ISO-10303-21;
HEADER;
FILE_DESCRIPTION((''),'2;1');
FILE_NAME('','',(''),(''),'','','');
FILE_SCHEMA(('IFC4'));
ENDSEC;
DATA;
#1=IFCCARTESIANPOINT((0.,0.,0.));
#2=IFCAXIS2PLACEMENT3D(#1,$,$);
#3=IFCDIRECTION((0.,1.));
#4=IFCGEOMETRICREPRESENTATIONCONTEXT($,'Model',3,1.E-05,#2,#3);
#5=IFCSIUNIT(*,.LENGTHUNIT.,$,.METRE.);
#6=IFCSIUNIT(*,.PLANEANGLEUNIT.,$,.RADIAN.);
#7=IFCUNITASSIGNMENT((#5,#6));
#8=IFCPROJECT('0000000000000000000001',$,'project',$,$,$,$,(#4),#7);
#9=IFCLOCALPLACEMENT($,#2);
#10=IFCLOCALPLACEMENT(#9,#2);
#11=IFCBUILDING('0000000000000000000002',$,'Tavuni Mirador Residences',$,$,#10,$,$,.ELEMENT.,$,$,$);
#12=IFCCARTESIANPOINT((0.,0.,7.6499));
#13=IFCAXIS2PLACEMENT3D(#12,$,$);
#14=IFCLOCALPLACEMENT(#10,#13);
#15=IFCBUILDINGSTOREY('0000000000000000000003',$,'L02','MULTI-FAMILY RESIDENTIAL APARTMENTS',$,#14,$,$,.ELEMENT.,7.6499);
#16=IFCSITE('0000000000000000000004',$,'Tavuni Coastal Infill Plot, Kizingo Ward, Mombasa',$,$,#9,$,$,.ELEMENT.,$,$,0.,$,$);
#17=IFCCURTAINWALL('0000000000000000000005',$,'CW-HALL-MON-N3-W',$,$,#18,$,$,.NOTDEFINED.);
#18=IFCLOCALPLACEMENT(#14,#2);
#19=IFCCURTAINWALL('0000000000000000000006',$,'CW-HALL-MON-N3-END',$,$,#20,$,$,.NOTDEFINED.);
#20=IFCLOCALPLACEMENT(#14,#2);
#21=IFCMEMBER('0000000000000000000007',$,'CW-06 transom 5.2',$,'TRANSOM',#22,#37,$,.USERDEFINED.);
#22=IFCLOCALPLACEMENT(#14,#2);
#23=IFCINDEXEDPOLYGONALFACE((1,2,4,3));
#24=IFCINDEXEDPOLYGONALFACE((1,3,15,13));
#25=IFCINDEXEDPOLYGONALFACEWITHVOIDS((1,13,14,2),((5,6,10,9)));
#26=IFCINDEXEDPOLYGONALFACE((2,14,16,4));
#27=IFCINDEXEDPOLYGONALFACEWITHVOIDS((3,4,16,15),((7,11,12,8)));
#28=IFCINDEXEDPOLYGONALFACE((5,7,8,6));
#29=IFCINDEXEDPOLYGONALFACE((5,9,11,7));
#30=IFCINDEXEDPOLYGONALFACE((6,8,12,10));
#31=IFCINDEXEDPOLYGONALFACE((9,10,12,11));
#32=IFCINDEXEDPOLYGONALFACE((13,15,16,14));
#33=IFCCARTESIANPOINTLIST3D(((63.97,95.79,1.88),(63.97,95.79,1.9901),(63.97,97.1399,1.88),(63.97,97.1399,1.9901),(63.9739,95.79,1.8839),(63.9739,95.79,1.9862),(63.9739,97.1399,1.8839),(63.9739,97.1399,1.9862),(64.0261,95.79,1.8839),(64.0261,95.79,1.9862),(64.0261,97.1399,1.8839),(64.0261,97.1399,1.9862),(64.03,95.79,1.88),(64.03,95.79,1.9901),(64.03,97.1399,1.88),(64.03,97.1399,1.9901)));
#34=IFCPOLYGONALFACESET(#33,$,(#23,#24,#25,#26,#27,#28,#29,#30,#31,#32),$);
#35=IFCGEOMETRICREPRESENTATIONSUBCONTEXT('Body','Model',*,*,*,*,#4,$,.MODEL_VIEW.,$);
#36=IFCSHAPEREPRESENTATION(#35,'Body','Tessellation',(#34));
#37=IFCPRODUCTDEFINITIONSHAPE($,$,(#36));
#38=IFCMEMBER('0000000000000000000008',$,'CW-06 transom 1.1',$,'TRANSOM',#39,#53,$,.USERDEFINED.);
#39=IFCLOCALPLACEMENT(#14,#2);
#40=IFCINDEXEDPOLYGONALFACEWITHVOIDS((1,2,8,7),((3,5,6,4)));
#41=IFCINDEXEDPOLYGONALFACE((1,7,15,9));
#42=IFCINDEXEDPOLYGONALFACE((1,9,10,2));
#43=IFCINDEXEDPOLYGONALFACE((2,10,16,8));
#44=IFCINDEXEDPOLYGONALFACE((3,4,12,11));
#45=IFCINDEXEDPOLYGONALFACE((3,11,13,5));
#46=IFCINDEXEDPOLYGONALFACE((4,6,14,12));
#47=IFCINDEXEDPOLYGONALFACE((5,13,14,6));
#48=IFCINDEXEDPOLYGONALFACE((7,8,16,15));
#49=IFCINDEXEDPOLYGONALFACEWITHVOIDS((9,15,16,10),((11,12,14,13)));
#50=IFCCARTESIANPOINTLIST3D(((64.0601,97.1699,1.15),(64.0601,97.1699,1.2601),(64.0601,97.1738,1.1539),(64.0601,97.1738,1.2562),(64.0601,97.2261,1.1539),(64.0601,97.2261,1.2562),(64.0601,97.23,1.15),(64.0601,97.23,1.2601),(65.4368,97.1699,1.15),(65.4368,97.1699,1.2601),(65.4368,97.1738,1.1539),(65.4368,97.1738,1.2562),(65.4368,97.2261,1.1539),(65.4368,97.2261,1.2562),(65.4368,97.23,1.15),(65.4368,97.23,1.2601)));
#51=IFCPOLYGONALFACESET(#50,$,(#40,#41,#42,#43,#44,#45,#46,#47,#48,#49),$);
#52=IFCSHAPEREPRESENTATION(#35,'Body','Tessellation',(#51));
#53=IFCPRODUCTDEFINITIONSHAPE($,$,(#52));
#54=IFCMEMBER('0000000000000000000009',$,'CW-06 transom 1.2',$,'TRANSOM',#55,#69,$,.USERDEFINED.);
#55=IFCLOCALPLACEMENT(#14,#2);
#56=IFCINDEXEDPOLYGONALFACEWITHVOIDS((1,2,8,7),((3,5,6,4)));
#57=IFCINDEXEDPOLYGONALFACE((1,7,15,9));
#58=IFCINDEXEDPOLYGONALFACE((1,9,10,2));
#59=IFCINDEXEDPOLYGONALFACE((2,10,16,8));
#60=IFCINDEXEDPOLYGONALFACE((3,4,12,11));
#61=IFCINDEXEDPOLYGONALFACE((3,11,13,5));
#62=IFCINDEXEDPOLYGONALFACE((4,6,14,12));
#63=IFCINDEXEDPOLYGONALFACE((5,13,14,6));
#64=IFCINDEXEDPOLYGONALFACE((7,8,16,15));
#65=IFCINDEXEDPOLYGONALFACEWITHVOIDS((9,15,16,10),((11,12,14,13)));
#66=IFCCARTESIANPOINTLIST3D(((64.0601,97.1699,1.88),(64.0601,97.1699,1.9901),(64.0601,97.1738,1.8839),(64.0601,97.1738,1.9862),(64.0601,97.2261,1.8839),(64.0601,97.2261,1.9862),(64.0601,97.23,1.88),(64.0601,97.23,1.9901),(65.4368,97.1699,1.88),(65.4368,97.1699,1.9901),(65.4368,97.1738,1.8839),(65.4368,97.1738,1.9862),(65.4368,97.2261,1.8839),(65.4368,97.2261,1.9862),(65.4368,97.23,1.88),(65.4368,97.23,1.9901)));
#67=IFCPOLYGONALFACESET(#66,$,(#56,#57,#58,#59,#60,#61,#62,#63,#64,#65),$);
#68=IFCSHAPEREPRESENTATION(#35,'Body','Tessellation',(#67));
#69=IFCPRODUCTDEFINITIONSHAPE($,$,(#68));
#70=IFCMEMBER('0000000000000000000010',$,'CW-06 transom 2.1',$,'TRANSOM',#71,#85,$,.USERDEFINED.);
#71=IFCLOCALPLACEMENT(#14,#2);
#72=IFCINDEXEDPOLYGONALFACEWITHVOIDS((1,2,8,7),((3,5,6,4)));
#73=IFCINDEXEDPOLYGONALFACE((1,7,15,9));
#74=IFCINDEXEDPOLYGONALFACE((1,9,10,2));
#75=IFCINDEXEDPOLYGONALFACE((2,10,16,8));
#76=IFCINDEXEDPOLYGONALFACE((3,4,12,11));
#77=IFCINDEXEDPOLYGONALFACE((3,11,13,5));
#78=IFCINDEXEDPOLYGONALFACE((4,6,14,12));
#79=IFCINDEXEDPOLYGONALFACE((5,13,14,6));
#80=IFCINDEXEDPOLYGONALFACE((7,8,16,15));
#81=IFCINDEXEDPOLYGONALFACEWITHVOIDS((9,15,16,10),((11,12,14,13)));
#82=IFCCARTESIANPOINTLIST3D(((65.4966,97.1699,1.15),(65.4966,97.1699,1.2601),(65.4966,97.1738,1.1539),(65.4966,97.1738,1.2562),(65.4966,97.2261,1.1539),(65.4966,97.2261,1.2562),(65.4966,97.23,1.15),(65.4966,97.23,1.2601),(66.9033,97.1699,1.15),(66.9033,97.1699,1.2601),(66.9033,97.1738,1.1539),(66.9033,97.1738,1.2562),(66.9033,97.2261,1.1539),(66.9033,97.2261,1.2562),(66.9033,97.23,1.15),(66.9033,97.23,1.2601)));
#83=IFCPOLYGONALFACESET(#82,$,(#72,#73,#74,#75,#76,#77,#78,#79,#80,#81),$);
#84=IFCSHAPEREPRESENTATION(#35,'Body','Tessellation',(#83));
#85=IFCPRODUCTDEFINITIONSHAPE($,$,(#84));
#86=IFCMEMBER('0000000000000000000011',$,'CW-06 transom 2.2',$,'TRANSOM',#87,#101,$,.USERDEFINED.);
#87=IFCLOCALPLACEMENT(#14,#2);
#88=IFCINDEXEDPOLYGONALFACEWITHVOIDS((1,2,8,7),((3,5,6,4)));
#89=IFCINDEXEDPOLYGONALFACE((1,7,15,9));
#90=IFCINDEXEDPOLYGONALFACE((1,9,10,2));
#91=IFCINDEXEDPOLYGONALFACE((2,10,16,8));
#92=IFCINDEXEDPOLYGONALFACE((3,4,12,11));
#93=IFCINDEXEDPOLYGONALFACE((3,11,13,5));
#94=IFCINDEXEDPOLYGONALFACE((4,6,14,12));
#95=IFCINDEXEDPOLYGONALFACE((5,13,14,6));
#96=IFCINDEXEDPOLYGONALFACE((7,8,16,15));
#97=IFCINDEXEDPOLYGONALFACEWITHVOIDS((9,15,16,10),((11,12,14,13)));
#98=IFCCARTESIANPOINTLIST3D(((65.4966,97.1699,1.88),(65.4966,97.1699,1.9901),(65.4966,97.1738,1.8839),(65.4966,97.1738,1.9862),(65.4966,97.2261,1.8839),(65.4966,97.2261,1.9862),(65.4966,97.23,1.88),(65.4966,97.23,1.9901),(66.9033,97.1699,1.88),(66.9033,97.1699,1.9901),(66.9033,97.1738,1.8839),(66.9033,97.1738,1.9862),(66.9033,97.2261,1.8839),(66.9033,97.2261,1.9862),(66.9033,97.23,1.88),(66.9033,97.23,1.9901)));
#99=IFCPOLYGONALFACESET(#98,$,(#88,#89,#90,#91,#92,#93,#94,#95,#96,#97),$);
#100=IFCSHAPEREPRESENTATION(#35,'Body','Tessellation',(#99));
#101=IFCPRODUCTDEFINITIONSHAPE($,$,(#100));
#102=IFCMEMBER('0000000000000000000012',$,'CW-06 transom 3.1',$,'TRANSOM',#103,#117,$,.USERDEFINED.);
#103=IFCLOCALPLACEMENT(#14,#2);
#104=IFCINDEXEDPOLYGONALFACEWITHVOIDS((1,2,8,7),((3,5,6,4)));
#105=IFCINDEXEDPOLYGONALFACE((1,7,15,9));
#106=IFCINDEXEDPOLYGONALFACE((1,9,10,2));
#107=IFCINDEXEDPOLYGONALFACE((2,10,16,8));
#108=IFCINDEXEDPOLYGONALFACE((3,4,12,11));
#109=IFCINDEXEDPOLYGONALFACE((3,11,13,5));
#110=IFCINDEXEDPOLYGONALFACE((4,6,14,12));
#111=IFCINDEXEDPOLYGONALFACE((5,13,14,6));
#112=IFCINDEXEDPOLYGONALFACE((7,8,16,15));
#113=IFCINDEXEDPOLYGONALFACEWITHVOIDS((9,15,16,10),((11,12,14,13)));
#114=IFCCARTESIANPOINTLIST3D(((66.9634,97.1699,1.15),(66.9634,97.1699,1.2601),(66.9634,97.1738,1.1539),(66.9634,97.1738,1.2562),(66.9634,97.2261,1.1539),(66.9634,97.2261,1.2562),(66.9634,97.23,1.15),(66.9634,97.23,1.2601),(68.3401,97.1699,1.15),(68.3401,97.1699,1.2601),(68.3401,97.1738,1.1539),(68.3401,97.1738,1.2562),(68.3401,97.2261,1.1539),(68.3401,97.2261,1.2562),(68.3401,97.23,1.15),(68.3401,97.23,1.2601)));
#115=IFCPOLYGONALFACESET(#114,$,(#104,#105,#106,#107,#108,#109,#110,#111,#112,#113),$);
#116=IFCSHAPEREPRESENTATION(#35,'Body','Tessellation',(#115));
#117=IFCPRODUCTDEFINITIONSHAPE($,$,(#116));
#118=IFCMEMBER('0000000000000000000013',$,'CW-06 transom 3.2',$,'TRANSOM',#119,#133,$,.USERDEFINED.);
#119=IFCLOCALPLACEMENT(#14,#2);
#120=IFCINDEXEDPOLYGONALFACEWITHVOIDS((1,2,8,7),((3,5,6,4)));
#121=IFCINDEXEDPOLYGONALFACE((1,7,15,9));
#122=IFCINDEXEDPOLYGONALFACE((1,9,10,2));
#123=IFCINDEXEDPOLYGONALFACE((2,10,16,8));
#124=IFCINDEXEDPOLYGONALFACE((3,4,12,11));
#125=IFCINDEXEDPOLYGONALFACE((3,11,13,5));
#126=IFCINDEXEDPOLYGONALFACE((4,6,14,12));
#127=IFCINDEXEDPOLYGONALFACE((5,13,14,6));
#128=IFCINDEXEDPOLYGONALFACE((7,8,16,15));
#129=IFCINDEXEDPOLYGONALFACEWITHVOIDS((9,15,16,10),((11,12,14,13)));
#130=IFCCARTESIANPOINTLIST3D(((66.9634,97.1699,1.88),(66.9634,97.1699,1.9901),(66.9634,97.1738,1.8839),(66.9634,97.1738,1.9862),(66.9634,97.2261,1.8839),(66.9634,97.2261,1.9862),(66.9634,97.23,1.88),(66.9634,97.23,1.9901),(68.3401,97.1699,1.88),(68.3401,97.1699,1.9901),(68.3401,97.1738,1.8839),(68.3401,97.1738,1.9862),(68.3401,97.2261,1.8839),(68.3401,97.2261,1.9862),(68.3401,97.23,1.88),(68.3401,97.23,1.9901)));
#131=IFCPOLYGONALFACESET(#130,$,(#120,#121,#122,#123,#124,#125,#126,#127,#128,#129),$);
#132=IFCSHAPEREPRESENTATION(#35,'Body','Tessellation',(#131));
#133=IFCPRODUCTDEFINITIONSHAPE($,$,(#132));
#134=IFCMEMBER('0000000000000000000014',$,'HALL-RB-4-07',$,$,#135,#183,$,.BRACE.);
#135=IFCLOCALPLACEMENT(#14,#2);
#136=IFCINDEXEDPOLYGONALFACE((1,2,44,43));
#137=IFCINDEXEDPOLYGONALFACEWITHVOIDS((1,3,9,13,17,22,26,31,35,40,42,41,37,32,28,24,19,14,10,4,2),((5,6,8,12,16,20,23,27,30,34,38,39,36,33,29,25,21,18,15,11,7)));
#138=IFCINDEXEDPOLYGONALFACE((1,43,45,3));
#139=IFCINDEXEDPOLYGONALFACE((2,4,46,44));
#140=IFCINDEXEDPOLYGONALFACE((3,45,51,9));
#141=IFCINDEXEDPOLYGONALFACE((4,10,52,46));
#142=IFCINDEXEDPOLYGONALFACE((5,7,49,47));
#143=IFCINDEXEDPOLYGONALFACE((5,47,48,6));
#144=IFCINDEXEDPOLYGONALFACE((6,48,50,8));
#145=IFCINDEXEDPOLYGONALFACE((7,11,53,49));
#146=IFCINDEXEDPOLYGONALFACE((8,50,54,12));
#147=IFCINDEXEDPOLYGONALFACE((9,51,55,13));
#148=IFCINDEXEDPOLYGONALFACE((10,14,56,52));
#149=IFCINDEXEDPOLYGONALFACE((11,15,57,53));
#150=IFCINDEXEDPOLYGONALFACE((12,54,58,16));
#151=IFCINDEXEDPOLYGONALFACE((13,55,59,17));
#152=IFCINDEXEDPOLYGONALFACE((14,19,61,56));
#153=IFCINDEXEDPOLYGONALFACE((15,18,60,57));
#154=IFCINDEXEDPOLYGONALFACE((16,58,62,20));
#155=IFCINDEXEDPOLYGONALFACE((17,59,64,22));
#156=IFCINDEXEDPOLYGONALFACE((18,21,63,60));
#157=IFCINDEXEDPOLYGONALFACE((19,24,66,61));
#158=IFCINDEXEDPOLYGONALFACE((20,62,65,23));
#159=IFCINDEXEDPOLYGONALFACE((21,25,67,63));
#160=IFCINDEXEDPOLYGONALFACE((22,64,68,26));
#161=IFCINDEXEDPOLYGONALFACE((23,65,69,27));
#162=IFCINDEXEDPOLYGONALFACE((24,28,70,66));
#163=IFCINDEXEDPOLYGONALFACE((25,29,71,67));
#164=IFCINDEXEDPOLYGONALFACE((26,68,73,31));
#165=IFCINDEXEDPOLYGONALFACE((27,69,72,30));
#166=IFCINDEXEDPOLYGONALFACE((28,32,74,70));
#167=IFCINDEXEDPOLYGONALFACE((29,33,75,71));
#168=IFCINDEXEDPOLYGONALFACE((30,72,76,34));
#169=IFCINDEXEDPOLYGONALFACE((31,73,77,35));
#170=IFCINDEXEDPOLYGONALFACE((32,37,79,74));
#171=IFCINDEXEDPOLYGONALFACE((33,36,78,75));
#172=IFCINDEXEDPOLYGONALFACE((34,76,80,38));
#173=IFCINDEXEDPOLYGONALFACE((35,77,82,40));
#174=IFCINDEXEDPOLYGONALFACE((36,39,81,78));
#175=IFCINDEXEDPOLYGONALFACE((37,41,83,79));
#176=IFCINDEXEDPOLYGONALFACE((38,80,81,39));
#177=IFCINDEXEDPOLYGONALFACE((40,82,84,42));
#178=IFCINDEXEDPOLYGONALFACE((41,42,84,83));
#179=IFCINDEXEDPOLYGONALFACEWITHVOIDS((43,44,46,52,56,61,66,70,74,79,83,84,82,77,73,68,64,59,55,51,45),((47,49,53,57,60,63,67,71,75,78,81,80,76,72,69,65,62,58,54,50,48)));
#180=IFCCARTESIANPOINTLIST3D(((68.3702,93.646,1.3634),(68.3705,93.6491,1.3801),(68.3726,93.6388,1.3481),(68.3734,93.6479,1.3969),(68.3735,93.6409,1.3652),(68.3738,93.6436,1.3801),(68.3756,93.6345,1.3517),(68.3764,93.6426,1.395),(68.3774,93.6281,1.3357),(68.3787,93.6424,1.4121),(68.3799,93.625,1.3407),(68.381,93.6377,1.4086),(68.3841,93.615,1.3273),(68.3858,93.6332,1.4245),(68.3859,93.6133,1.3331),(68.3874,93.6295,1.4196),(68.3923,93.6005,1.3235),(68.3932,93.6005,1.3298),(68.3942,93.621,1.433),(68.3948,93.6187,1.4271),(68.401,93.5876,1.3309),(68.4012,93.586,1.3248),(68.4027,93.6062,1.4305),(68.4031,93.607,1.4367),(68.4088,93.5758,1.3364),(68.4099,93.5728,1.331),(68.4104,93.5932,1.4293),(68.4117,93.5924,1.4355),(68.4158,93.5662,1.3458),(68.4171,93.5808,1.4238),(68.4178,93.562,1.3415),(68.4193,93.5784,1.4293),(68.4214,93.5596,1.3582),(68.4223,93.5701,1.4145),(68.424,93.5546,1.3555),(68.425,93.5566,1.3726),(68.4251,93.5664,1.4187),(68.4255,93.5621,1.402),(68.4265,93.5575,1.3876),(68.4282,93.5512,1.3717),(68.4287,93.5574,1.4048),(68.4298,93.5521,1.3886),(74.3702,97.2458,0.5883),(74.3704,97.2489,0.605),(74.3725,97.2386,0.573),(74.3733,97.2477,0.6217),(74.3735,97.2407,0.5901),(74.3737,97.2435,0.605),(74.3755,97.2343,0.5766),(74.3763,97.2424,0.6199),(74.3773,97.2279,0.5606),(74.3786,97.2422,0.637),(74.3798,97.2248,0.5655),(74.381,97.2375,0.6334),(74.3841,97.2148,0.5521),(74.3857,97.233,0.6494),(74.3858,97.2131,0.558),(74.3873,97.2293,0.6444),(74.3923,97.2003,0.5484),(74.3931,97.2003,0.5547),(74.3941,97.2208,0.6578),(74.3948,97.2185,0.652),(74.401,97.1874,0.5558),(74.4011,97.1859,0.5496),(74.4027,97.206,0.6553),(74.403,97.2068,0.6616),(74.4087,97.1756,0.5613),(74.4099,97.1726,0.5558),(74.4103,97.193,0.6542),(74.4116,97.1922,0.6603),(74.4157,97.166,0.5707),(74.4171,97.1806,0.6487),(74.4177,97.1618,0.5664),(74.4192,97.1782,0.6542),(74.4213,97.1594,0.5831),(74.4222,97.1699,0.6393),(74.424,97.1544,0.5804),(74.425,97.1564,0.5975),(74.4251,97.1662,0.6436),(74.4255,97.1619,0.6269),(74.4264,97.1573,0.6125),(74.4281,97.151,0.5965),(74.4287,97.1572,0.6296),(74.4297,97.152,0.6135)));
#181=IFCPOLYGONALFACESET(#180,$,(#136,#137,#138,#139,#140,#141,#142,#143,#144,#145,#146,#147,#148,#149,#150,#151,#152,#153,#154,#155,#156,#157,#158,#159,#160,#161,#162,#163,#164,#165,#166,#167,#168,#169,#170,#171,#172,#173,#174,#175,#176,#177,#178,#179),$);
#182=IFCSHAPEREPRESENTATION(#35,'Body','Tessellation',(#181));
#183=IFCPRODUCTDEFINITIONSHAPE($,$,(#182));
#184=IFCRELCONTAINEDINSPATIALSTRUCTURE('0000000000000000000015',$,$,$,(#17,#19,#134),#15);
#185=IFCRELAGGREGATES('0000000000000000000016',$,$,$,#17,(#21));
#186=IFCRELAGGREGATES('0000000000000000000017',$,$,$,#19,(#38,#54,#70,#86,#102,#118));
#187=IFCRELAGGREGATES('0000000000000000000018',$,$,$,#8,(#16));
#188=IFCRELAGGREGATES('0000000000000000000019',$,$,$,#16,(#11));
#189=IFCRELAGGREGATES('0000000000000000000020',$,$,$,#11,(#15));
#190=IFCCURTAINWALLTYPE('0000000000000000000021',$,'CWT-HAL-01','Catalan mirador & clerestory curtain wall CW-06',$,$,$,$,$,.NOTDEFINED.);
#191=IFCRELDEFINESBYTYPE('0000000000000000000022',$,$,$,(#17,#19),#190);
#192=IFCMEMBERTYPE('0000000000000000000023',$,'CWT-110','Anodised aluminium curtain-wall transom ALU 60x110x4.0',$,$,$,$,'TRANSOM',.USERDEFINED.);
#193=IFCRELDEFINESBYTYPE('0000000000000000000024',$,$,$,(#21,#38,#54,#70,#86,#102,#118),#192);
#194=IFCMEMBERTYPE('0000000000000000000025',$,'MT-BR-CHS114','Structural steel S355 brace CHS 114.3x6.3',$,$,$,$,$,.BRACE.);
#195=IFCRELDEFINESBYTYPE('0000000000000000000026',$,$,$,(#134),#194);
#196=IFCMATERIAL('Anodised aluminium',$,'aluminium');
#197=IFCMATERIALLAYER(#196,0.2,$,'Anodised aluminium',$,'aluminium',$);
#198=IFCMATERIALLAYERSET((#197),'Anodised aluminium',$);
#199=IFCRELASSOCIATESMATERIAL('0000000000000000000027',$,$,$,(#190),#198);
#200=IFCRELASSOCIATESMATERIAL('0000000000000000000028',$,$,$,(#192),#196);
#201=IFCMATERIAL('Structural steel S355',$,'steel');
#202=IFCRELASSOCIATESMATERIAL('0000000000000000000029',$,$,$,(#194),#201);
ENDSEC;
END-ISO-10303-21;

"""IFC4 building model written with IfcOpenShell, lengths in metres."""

from ifc_helpers import new_model, si_unit, direction, frame, origin, origin_2d, place, context, subcontext, project, spatial, hollow_rectangle, hollow_circle, extrude, material, layer, layer_set, material_profile, profile_set, type_object, element, aggregate, save


model = new_model("IFC4")

# Units and contexts
model_context = context("Model", 3, precision=1e-05, world=origin(), true_north=direction((0.0, 1.0)))
body_context = subcontext(model_context, "Body", "Model", "MODEL_VIEW")
ifc_project = project(units=[si_unit("LENGTHUNIT", "METRE"), si_unit("PLANEANGLEUNIT", "RADIAN")], contexts=[model_context])

# Site, building, storey
site_placement = place(None, origin())
site = spatial("IfcSite", under=ifc_project, at=site_placement, Name="Tavuni Coastal Infill Plot, Kizingo Ward, Mombasa", CompositionType="ELEMENT", RefElevation=0.0)
building_placement = place(site_placement, origin())
building = spatial("IfcBuilding", under=site, at=building_placement, Name="Tavuni Mirador Residences", CompositionType="ELEMENT")
storey_placement = place(building_placement, frame((0.0, 0.0, 7.6499)))
storey = spatial("IfcBuildingStorey", under=building, at=storey_placement, Name="L02", Description="MULTI-FAMILY RESIDENTIAL APARTMENTS", CompositionType="ELEMENT", Elevation=7.6499)

# Curtain wall
ifc_material_1 = material(Name="Anodised aluminium", Category="aluminium")
ifc_layer_1 = layer(ifc_material_1, 0.2, Name="Anodised aluminium", Category="aluminium")
ifc_layer_set_1 = layer_set([ifc_layer_1], Name="Anodised aluminium")
curtain_wall_type = type_object("IfcCurtainWallType", Name="CWT-HAL-01", Description="Catalan mirador & clerestory curtain wall CW-06", PredefinedType="NOTDEFINED", material=ifc_layer_set_1)
curtain_wall_1_placement = place(storey_placement, origin())
curtain_wall_1 = element("IfcCurtainWall", 1, at=curtain_wall_1_placement, inside=storey, type_object=curtain_wall_type, Name="CW-HALL-MON-N3-W", PredefinedType="NOTDEFINED")

# Curtain wall
curtain_wall_2_placement = place(storey_placement, origin())
curtain_wall_2 = element("IfcCurtainWall", 2, at=curtain_wall_2_placement, inside=storey, type_object=curtain_wall_type, Name="CW-HALL-MON-N3-END", PredefinedType="NOTDEFINED")

# Members
ifc_material_profile_1 = material_profile(ifc_material_1, hollow_rectangle(XDim=0.0601, YDim=0.1101, WallThickness=0.0039, at=origin_2d()), Name="ALU 60x110x4.0", Category="aluminium")
ifc_profile_set_1 = profile_set([ifc_material_profile_1], Name="Anodised aluminium")
member_type_1 = type_object("IfcMemberType", Name="CWT-110", Description="Anodised aluminium curtain-wall transom ALU 60x110x4.0", ElementType="TRANSOM", PredefinedType="USERDEFINED", material=ifc_profile_set_1)
member_1_placement = place(storey_placement, frame((64.0, 95.79, 1.9351), z_axis=(0.0, 1.0, 0.0), x_axis=(-1.0, 0.0, 0.0)))
member_1 = element("IfcMember", 3, at=member_1_placement, type_object=member_type_1, Name="CW-06 transom 5.2", ObjectType="TRANSOM", PredefinedType="USERDEFINED", context=body_context, shape_type="SweptSolid", body=[
    extrude(hollow_rectangle(XDim=0.0601, YDim=0.1101, WallThickness=0.0039, at=origin_2d()), origin(), (0.0, 0.0, 1.0), 1.3499),
])
member_2_placement = place(storey_placement, frame((64.0601, 97.2, 1.2051), z_axis=(1.0, 0.0, 0.0), x_axis=(0.0, 1.0, 0.0)))
member_2 = element("IfcMember", 4, at=member_2_placement, type_object=member_type_1, Name="CW-06 transom 1.1", ObjectType="TRANSOM", PredefinedType="USERDEFINED", context=body_context, shape_type="SweptSolid", body=[
    extrude(hollow_rectangle(XDim=0.0601, YDim=0.1101, WallThickness=0.0039, at=origin_2d()), origin(), (0.0, 0.0, 1.0), 1.3767),
])
member_3_placement = place(storey_placement, frame((64.0601, 97.2, 1.9351), z_axis=(1.0, 0.0, 0.0), x_axis=(0.0, 1.0, 0.0)))
member_3 = element("IfcMember", 5, at=member_3_placement, type_object=member_type_1, Name="CW-06 transom 1.2", ObjectType="TRANSOM", PredefinedType="USERDEFINED", context=body_context, shape_type="SweptSolid", body=[
    extrude(hollow_rectangle(XDim=0.0601, YDim=0.1101, WallThickness=0.0039, at=origin_2d()), origin(), (0.0, 0.0, 1.0), 1.3767),
])
member_4_placement = place(storey_placement, frame((65.4966, 97.2, 1.2051), z_axis=(1.0, 0.0, 0.0), x_axis=(0.0, 1.0, 0.0)))
member_4 = element("IfcMember", 6, at=member_4_placement, type_object=member_type_1, Name="CW-06 transom 2.1", ObjectType="TRANSOM", PredefinedType="USERDEFINED", context=body_context, shape_type="SweptSolid", body=[
    extrude(hollow_rectangle(XDim=0.0601, YDim=0.1101, WallThickness=0.0039, at=origin_2d()), origin(), (0.0, 0.0, 1.0), 1.4067),
])
member_5_placement = place(storey_placement, frame((65.4966, 97.2, 1.9351), z_axis=(1.0, 0.0, 0.0), x_axis=(0.0, 1.0, 0.0)))
member_5 = element("IfcMember", 7, at=member_5_placement, type_object=member_type_1, Name="CW-06 transom 2.2", ObjectType="TRANSOM", PredefinedType="USERDEFINED", context=body_context, shape_type="SweptSolid", body=[
    extrude(hollow_rectangle(XDim=0.0601, YDim=0.1101, WallThickness=0.0039, at=origin_2d()), origin(), (0.0, 0.0, 1.0), 1.4067),
])
member_6_placement = place(storey_placement, frame((66.9634, 97.2, 1.2051), z_axis=(1.0, 0.0, 0.0), x_axis=(0.0, 1.0, 0.0)))
member_6 = element("IfcMember", 8, at=member_6_placement, type_object=member_type_1, Name="CW-06 transom 3.1", ObjectType="TRANSOM", PredefinedType="USERDEFINED", context=body_context, shape_type="SweptSolid", body=[
    extrude(hollow_rectangle(XDim=0.0601, YDim=0.1101, WallThickness=0.0039, at=origin_2d()), origin(), (0.0, 0.0, 1.0), 1.3767),
])
member_7_placement = place(storey_placement, frame((66.9634, 97.2, 1.9351), z_axis=(1.0, 0.0, 0.0), x_axis=(0.0, 1.0, 0.0)))
member_7 = element("IfcMember", 9, at=member_7_placement, type_object=member_type_1, Name="CW-06 transom 3.2", ObjectType="TRANSOM", PredefinedType="USERDEFINED", context=body_context, shape_type="SweptSolid", body=[
    extrude(hollow_rectangle(XDim=0.0601, YDim=0.1101, WallThickness=0.0039, at=origin_2d()), origin(), (0.0, 0.0, 1.0), 1.3767),
])

# Member
ifc_material_2 = material(Name="Structural steel S355", Category="steel")
ifc_material_profile_2 = material_profile(ifc_material_2, hollow_circle(Radius=0.0571, WallThickness=0.0063, at=origin_2d()), Name="CHS 114.3x6.3", Category="steel")
ifc_profile_set_2 = profile_set([ifc_material_profile_2], Name="Structural steel S355")
member_type_2 = type_object("IfcMemberType", Name="MT-BR-CHS114", Description="Structural steel S355 brace CHS 114.3x6.3", PredefinedType="BRACE", material=ifc_profile_set_2)
member_8_placement = place(storey_placement, frame((68.3999, 93.6001, 1.3801), z_axis=(0.852288, 0.511352, -0.110108), x_axis=(-0.51448, 0.857502, 0.0)))
element("IfcMember", 10, at=member_8_placement, inside=storey, type_object=member_type_2, Name="HALL-RB-4-07", PredefinedType="BRACE", context=body_context, shape_type="SweptSolid", body=[
    extrude(hollow_circle(Radius=0.0571, WallThickness=0.0063, at=origin_2d()), origin(), (0.0, 0.0, 1.0), 7.0398),
])

aggregate(curtain_wall_1, [member_1])
aggregate(curtain_wall_2, [member_2, member_3, member_4, member_5, member_6, member_7])

save(model, "model.ifc")
